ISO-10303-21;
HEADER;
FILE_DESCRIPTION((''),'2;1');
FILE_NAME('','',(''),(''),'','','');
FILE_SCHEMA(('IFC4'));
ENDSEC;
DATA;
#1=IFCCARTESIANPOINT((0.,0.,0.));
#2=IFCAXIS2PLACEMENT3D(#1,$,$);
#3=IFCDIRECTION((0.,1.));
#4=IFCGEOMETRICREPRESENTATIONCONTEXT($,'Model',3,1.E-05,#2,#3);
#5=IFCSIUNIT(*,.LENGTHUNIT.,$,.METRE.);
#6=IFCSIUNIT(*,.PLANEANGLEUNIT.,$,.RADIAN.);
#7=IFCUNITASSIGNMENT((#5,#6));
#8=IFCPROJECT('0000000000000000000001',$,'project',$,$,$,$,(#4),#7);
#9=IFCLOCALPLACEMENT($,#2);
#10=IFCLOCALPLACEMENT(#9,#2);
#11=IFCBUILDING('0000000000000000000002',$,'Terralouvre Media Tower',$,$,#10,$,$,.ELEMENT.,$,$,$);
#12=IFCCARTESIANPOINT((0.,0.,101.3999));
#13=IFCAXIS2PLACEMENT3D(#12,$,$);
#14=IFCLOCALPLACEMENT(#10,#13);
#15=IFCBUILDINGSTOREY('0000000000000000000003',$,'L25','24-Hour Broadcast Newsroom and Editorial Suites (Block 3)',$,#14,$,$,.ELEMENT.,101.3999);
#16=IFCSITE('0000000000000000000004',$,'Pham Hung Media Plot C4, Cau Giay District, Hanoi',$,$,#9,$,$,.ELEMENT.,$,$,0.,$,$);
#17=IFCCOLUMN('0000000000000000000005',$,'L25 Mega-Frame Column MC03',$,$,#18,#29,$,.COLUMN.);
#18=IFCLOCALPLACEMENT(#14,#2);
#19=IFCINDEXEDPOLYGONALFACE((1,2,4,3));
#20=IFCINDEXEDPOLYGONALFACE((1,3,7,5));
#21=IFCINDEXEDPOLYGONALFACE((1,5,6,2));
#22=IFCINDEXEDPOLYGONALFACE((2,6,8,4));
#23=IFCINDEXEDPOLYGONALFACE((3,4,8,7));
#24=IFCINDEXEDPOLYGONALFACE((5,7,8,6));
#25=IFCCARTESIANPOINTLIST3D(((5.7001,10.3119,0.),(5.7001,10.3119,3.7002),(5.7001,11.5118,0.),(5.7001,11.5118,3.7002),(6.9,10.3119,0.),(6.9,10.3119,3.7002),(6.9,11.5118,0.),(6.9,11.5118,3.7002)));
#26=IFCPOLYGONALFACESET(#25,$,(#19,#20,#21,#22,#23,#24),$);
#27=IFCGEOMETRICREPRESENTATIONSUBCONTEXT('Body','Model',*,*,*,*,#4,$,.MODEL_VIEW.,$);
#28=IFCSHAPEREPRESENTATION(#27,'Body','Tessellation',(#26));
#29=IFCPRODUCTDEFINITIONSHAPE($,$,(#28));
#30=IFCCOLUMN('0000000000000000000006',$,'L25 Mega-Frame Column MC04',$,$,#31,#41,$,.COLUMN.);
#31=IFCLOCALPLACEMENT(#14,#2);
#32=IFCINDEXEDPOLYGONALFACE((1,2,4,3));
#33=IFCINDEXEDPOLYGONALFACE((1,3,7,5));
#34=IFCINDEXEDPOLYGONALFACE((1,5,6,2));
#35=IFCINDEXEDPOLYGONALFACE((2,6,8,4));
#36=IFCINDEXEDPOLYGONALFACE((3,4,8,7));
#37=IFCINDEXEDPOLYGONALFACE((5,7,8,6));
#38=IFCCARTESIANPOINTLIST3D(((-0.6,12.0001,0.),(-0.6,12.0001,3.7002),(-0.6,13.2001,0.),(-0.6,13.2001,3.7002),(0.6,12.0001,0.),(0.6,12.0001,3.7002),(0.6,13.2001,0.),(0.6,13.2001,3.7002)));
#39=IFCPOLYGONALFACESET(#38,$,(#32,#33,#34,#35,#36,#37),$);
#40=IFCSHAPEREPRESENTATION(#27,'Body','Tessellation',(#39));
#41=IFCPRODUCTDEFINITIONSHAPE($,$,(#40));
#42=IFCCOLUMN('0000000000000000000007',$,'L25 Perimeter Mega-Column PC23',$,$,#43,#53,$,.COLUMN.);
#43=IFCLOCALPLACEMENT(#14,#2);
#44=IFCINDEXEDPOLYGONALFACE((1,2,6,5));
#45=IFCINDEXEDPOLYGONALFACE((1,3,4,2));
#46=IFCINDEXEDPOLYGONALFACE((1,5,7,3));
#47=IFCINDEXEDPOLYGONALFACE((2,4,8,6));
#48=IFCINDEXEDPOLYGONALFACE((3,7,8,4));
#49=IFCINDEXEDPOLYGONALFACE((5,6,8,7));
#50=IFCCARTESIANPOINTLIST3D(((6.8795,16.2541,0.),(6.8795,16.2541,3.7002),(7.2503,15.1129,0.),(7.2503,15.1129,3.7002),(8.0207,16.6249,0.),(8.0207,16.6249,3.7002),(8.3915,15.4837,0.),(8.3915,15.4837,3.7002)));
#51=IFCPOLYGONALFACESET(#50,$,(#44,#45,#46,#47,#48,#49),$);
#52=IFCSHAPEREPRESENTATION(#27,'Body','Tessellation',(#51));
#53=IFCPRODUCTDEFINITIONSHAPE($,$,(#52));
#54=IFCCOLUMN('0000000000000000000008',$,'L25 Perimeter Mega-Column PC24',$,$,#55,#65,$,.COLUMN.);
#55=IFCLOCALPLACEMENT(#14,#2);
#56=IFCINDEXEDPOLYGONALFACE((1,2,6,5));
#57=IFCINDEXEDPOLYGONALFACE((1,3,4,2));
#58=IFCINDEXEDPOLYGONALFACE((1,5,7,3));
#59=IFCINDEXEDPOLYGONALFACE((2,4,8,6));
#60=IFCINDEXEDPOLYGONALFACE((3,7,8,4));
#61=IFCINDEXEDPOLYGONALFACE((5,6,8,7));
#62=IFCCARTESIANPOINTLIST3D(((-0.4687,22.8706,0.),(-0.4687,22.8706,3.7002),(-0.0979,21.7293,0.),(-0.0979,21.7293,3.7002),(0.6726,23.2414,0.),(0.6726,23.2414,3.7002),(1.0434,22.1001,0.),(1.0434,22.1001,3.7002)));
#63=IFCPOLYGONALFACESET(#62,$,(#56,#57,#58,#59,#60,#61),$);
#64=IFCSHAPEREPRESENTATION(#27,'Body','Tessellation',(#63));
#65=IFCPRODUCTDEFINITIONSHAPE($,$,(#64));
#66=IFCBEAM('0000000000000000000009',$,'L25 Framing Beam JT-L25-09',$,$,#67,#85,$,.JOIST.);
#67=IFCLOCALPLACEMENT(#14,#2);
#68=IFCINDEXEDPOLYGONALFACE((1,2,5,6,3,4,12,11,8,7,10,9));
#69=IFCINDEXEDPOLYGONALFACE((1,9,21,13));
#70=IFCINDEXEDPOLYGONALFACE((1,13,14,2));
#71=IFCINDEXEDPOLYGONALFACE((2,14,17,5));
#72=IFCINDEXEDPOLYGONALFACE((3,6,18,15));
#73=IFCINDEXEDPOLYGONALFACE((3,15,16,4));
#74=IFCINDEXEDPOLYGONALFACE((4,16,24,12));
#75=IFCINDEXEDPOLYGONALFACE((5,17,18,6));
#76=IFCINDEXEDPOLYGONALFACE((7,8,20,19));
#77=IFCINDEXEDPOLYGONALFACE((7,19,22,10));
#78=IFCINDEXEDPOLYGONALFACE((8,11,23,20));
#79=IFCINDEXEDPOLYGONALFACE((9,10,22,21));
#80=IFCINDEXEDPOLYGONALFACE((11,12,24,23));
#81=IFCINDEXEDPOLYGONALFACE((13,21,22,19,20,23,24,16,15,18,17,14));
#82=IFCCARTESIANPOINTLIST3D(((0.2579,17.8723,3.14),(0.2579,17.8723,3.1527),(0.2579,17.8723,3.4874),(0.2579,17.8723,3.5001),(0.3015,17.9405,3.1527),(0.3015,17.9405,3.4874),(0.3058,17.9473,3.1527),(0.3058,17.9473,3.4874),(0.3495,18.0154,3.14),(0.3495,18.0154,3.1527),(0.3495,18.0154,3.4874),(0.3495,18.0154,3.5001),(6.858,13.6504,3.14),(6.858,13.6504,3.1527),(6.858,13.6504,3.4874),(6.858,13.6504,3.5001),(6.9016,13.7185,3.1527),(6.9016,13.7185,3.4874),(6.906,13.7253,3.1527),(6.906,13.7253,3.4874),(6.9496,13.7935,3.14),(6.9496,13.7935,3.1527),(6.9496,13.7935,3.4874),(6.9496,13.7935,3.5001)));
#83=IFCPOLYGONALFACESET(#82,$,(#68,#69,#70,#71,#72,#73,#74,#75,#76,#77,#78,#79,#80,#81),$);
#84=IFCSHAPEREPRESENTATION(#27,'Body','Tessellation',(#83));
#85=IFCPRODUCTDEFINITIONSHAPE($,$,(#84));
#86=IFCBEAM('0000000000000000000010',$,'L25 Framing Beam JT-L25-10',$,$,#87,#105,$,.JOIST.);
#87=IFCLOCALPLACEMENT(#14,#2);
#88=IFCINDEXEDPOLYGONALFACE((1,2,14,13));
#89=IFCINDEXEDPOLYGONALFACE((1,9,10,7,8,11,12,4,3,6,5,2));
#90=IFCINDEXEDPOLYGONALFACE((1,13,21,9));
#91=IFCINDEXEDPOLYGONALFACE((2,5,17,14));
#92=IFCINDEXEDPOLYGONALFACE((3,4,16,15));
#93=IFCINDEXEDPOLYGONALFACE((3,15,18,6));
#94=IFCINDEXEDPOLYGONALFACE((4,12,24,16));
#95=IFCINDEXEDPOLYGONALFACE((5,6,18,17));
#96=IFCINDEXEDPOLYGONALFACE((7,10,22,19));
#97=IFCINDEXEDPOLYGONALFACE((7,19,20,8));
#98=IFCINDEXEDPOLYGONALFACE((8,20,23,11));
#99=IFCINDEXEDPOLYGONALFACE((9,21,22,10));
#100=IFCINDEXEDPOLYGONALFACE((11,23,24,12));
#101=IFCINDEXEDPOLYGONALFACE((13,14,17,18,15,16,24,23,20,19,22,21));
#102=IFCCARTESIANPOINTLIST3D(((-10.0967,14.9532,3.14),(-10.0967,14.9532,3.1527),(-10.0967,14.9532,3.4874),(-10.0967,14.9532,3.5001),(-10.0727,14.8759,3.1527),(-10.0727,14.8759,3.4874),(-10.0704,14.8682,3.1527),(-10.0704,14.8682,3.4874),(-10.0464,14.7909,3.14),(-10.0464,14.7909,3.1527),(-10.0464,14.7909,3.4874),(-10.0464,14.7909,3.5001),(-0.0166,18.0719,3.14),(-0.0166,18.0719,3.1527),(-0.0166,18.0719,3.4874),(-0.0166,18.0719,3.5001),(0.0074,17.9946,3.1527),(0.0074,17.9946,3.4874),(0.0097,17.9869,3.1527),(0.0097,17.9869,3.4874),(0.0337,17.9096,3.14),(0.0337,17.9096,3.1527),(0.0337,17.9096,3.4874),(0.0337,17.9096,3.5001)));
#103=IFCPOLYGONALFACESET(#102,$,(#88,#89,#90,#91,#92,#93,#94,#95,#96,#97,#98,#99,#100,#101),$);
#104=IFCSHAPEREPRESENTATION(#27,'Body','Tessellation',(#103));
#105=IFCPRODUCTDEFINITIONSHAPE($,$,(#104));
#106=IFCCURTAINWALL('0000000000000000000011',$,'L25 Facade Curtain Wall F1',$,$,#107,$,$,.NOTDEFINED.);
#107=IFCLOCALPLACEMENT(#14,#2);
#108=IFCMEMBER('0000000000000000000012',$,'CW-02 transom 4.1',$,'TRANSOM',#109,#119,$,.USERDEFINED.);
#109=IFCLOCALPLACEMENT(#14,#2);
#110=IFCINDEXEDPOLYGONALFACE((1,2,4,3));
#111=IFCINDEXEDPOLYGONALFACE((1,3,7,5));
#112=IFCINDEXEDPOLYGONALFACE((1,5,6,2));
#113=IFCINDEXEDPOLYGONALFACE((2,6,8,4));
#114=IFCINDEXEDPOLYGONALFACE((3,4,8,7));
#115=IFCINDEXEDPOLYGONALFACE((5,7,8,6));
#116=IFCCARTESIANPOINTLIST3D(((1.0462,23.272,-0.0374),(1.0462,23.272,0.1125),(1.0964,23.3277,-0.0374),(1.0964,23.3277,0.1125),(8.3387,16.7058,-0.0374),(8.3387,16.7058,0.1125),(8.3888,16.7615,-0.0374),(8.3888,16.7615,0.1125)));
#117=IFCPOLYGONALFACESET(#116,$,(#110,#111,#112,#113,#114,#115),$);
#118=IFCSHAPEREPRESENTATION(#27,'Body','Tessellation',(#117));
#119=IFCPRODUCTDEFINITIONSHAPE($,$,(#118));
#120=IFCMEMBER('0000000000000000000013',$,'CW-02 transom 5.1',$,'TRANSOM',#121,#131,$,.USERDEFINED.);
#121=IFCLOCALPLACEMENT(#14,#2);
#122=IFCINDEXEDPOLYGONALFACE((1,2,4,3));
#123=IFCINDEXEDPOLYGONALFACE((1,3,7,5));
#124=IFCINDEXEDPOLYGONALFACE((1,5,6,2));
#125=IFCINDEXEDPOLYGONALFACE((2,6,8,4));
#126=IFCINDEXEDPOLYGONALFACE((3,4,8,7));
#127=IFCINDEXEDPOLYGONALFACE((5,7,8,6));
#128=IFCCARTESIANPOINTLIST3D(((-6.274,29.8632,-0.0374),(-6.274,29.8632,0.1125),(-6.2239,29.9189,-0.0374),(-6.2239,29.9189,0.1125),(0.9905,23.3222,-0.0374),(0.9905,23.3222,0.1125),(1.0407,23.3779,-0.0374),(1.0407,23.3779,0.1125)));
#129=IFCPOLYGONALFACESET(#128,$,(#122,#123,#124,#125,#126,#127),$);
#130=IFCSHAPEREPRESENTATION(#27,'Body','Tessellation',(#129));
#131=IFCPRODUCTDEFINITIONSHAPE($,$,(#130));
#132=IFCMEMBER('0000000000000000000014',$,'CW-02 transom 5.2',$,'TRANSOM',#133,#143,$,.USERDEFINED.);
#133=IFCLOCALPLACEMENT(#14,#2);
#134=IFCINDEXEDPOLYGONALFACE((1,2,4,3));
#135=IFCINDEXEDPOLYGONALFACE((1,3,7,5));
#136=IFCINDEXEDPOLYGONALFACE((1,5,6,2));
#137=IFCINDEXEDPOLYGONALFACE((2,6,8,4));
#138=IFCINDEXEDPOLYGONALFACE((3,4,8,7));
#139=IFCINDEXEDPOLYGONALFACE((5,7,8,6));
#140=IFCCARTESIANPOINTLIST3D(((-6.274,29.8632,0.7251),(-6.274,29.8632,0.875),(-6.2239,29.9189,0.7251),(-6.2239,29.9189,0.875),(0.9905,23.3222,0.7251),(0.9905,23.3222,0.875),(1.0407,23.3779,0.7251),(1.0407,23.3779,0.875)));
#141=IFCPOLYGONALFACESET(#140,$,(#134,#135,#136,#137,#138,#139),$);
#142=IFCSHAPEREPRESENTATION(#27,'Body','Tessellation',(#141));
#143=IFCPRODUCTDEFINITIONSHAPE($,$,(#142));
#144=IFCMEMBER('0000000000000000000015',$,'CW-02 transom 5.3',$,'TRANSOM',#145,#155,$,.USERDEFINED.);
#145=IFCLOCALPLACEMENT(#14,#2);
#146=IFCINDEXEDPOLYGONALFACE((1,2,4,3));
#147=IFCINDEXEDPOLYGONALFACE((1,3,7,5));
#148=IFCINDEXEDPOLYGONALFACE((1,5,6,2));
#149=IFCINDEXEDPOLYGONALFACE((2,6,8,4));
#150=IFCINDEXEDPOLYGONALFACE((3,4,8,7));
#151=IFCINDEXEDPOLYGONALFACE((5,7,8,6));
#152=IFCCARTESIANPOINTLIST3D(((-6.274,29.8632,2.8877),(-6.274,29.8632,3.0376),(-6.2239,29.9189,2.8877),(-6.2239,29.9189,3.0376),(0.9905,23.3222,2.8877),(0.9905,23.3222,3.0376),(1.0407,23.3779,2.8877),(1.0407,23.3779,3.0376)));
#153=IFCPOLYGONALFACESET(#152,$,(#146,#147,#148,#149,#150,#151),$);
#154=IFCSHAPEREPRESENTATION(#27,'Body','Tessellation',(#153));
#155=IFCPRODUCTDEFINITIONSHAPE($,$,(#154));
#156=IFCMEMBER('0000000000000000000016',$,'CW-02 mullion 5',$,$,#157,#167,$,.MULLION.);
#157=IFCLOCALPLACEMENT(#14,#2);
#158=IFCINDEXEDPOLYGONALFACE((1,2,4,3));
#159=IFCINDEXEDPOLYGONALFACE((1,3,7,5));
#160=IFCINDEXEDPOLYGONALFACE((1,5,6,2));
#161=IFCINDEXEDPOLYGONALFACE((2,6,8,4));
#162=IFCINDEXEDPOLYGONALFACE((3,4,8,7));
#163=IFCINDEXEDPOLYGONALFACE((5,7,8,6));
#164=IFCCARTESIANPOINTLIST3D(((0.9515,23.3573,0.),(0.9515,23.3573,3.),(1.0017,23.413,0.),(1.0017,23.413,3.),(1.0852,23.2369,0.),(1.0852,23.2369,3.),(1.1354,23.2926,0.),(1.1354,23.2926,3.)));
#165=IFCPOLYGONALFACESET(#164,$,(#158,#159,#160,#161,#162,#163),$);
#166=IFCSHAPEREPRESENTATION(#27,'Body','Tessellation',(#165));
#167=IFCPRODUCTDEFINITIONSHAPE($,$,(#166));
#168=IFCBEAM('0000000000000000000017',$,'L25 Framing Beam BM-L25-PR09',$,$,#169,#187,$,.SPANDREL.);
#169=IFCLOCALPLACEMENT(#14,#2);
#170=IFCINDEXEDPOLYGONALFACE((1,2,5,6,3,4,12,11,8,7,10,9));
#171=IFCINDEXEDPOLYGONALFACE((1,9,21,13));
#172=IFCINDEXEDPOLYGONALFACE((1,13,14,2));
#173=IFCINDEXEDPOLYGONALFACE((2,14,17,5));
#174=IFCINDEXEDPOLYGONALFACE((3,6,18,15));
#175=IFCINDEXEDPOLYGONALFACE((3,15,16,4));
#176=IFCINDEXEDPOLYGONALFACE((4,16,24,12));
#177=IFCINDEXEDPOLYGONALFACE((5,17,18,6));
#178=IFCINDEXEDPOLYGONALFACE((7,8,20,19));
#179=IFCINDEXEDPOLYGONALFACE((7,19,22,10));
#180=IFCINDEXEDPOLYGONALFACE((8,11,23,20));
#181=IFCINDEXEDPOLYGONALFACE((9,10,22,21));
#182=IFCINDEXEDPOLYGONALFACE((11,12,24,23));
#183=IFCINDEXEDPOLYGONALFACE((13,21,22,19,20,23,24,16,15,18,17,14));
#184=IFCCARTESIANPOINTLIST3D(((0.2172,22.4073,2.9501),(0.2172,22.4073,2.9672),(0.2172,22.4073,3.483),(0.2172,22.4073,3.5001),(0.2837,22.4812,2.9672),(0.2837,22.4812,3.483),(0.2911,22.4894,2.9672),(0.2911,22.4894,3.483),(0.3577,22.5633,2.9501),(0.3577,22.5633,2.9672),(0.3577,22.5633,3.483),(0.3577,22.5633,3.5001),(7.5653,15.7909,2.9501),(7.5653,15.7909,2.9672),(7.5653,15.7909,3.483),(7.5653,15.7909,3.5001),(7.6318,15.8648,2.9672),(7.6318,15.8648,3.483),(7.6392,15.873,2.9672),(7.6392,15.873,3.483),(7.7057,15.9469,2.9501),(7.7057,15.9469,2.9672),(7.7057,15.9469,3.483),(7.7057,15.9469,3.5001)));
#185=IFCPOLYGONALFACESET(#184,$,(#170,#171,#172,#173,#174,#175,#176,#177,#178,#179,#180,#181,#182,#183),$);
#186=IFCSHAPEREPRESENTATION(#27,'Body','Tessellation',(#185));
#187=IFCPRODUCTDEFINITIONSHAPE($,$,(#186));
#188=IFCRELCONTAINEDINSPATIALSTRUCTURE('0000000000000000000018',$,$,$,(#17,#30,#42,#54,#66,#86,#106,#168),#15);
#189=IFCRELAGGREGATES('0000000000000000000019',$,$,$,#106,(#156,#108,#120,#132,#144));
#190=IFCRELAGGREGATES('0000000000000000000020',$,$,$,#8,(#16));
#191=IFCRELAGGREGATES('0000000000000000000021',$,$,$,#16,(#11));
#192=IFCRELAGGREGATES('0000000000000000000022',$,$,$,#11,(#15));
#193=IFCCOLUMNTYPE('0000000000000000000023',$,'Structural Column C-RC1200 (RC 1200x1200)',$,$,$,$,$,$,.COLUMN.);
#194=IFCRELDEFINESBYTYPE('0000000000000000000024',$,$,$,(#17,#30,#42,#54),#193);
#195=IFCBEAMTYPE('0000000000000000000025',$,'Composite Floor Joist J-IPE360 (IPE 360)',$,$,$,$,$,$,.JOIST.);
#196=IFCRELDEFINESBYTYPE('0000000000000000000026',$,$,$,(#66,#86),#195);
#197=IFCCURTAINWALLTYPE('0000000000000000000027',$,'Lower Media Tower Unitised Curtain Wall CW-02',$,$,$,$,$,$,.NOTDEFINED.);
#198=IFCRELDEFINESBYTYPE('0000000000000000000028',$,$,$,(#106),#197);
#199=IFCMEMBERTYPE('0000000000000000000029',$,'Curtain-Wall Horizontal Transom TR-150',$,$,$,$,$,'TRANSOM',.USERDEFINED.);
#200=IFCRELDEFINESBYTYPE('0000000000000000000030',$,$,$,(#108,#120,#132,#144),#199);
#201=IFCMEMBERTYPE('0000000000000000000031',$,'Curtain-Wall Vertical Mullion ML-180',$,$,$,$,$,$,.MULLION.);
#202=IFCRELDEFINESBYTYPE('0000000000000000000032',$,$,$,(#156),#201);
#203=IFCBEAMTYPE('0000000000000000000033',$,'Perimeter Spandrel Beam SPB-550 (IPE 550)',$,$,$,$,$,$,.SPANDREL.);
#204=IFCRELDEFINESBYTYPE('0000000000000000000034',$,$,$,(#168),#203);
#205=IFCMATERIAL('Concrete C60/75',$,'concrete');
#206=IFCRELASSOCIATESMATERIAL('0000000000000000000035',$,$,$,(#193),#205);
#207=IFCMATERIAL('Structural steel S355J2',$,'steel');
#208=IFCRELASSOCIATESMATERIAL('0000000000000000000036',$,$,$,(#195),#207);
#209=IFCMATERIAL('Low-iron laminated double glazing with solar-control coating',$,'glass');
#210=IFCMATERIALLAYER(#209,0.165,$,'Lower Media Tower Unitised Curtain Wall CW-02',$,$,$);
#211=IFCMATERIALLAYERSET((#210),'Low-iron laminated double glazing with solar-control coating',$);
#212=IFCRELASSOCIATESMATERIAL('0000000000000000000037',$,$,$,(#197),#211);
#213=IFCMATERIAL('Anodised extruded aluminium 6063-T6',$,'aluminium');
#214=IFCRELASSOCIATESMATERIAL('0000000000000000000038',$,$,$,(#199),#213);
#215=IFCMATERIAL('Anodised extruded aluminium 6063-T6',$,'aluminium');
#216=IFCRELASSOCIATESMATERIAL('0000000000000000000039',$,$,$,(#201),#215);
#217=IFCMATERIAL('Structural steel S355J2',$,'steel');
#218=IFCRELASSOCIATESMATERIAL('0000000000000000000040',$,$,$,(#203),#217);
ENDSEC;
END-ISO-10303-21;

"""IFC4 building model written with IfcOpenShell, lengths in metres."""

from ifc_helpers import new_model, si_unit, direction, frame, origin, origin_2d, place, context, subcontext, project, spatial, rectangle, i_section, extrude, material, layer, layer_set, material_profile, profile_set, type_object, element, aggregate, save


model = new_model("IFC4")

# Units and contexts
model_context = context("Model", 3, precision=1e-05, world=origin(), true_north=direction((0.0, 1.0)))
body_context = subcontext(model_context, "Body", "Model", "MODEL_VIEW")
ifc_project = project(units=[si_unit("LENGTHUNIT", "METRE"), si_unit("PLANEANGLEUNIT", "RADIAN")], contexts=[model_context])

# Site, building, storey
site_placement = place(None, origin())
site = spatial("IfcSite", under=ifc_project, at=site_placement, Name="Pham Hung Media Plot C4, Cau Giay District, Hanoi", CompositionType="ELEMENT", RefElevation=0.0)
building_placement = place(site_placement, origin())
building = spatial("IfcBuilding", under=site, at=building_placement, Name="Terralouvre Media Tower", CompositionType="ELEMENT")
storey_placement = place(building_placement, frame((0.0, 0.0, 101.3999)))
storey = spatial("IfcBuildingStorey", under=building, at=storey_placement, Name="L25", Description="24-Hour Broadcast Newsroom and Editorial Suites (Block 3)", CompositionType="ELEMENT", Elevation=101.3999)

# Columns
ifc_material_1 = material(Name="Concrete C60/75", Category="concrete")
ifc_material_profile_1 = material_profile(ifc_material_1, rectangle(XDim=1.2, YDim=1.2, at=origin_2d()), Name="RC 1200x1200")
ifc_profile_set_1 = profile_set([ifc_material_profile_1], Name="Concrete C60/75")
column_type = type_object("IfcColumnType", Name="Structural Column C-RC1200 (RC 1200x1200)", PredefinedType="COLUMN", material=ifc_profile_set_1)
for number, where, z_axis, x_axis, name in (
    (1, (6.3, 10.9119, 0.0), (0.0, 0.0, 1.0), (1.0, 0.0, 0.0), "L25 Mega-Frame Column MC03"),
    (2, (0.0, 12.6001, 0.0), (0.0, 0.0, 1.0), (1.0, 0.0, 0.0), "L25 Mega-Frame Column MC04"),
    (3, (7.6355, 15.8689, 0.0), (0.0, 0.0, 1.0), (0.951057, 0.309017, 0.0), "L25 Perimeter Mega-Column PC23"),
    (4, (0.2874, 22.4854, 0.0), (0.0, 0.0, 1.0), (0.951057, 0.309017, 0.0), "L25 Perimeter Mega-Column PC24"),
):
    element("IfcColumn", number, at=place(storey_placement, frame(where, z_axis=z_axis, x_axis=x_axis)), inside=storey, type_object=column_type, Name=name, PredefinedType="COLUMN", context=body_context, shape_type="SweptSolid", body=[
        extrude(rectangle(XDim=1.2, YDim=1.2, at=origin_2d()), origin(), (0.0, 0.0, 1.0), 3.7002),
    ])

# Beams
ifc_material_2 = material(Name="Structural steel S355J2", Category="steel")
ifc_material_profile_2 = material_profile(ifc_material_2, i_section(OverallWidth=0.1699, OverallDepth=0.3601, WebThickness=0.0081, FlangeThickness=0.0127, at=origin_2d()), Name="IPE 360")
ifc_profile_set_2 = profile_set([ifc_material_profile_2], Name="Structural steel S355J2")
beam_type_1 = type_object("IfcBeamType", Name="Composite Floor Joist J-IPE360 (IPE 360)", PredefinedType="JOIST", material=ifc_profile_set_2)
beam_1_placement = place(storey_placement, frame((6.9038, 13.7219, 3.3201), z_axis=(-0.842395, 0.53886, 0.0), x_axis=(-0.53886, -0.842395, 0.0)))
element("IfcBeam", 5, at=beam_1_placement, inside=storey, type_object=beam_type_1, Name="L25 Framing Beam JT-L25-09", PredefinedType="JOIST", context=body_context, shape_type="SweptSolid", body=[
    extrude(i_section(OverallWidth=0.1699, OverallDepth=0.3601, WebThickness=0.0081, FlangeThickness=0.0127, at=origin_2d()), origin(), (0.0, 0.0, 1.0), 7.835),
])
beam_2_placement = place(storey_placement, frame((0.0085, 17.9907, 3.3201), z_axis=(-0.955323, -0.295565, 0.0), x_axis=(0.295565, -0.955323, 0.0)))
element("IfcBeam", 6, at=beam_2_placement, inside=storey, type_object=beam_type_1, Name="L25 Framing Beam JT-L25-10", PredefinedType="JOIST", context=body_context, shape_type="SweptSolid", body=[
    extrude(i_section(OverallWidth=0.1699, OverallDepth=0.3601, WebThickness=0.0081, FlangeThickness=0.0127, at=origin_2d()), origin(), (0.0, 0.0, 1.0), 10.5515),
])

# Curtain wall, members
ifc_material_3 = material(Name="Low-iron laminated double glazing with solar-control coating", Category="glass")
ifc_layer_1 = layer(ifc_material_3, 0.165, Name="Lower Media Tower Unitised Curtain Wall CW-02")
ifc_layer_set_1 = layer_set([ifc_layer_1], Name="Low-iron laminated double glazing with solar-control coating")
curtain_wall_type = type_object("IfcCurtainWallType", Name="Lower Media Tower Unitised Curtain Wall CW-02", PredefinedType="NOTDEFINED", material=ifc_layer_set_1)
curtain_wall_placement = place(storey_placement, origin())
curtain_wall = element("IfcCurtainWall", 7, at=curtain_wall_placement, inside=storey, type_object=curtain_wall_type, Name="L25 Facade Curtain Wall F1", PredefinedType="NOTDEFINED")
ifc_material_4 = material(Name="Anodised extruded aluminium 6063-T6", Category="aluminium")
ifc_material_profile_3 = material_profile(ifc_material_4, rectangle(XDim=0.075, YDim=0.1499, at=origin_2d()), Name="ALU 75x150")
ifc_profile_set_3 = profile_set([ifc_material_profile_3], Name="Anodised extruded aluminium 6063-T6")
member_type_1 = type_object("IfcMemberType", Name="Curtain-Wall Horizontal Transom TR-150", ElementType="TRANSOM", PredefinedType="USERDEFINED", material=ifc_profile_set_3)
member_1_placement = place(storey_placement, frame((8.3638, 16.7336, 0.0376), z_axis=(-0.743146, 0.66913, 0.0), x_axis=(-0.66913, -0.743146, 0.0)))
member_1 = element("IfcMember", 8, at=member_1_placement, type_object=member_type_1, Name="CW-02 transom 4.1", ObjectType="TRANSOM", PredefinedType="USERDEFINED", context=body_context, shape_type="SweptSolid", body=[
    extrude(rectangle(XDim=0.075, YDim=0.1499, at=origin_2d()), origin(), (0.0, 0.0, 1.0), 9.813),
])
member_2_placement = place(storey_placement, frame((1.0156, 23.3501, 0.0376), z_axis=(-0.74315, 0.669125, 0.0), x_axis=(-0.669125, -0.74315, 0.0)))
member_2 = element("IfcMember", 9, at=member_2_placement, type_object=member_type_1, Name="CW-02 transom 5.1", ObjectType="TRANSOM", PredefinedType="USERDEFINED", context=body_context, shape_type="SweptSolid", body=[
    extrude(rectangle(XDim=0.075, YDim=0.1499, at=origin_2d()), origin(), (0.0, 0.0, 1.0), 9.7754),
])
member_3_placement = place(storey_placement, frame((1.0156, 23.3501, 0.8), z_axis=(-0.74315, 0.669125, 0.0), x_axis=(-0.669125, -0.74315, 0.0)))
member_3 = element("IfcMember", 10, at=member_3_placement, type_object=member_type_1, Name="CW-02 transom 5.2", ObjectType="TRANSOM", PredefinedType="USERDEFINED", context=body_context, shape_type="SweptSolid", body=[
    extrude(rectangle(XDim=0.075, YDim=0.1499, at=origin_2d()), origin(), (0.0, 0.0, 1.0), 9.7754),
])
member_4_placement = place(storey_placement, frame((1.0156, 23.3501, 2.9626), z_axis=(-0.74315, 0.669125, 0.0), x_axis=(-0.669125, -0.74315, 0.0)))
member_4 = element("IfcMember", 11, at=member_4_placement, type_object=member_type_1, Name="CW-02 transom 5.3", ObjectType="TRANSOM", PredefinedType="USERDEFINED", context=body_context, shape_type="SweptSolid", body=[
    extrude(rectangle(XDim=0.075, YDim=0.1499, at=origin_2d()), origin(), (0.0, 0.0, 1.0), 9.7754),
])
ifc_material_5 = material(Name="Anodised extruded aluminium 6063-T6", Category="aluminium")
ifc_material_profile_4 = material_profile(ifc_material_5, rectangle(XDim=0.075, YDim=0.1799, at=origin_2d()), Name="ALU 75x180")
ifc_profile_set_4 = profile_set([ifc_material_profile_4], Name="Anodised extruded aluminium 6063-T6")
member_type_2 = type_object("IfcMemberType", Name="Curtain-Wall Vertical Mullion ML-180", PredefinedType="MULLION", material=ifc_profile_set_4)
member_5_placement = place(storey_placement, frame((1.0435, 23.325, 0.0), z_axis=(0.0, 0.0, 1.0), x_axis=(-0.669131, -0.743145, 0.0)))
member_5 = element("IfcMember", 12, at=member_5_placement, type_object=member_type_2, Name="CW-02 mullion 5", PredefinedType="MULLION", context=body_context, shape_type="SweptSolid", body=[
    extrude(rectangle(XDim=0.075, YDim=0.1799, at=origin_2d()), origin(), (0.0, 0.0, 1.0), 3.0),
])

# Beam
ifc_material_6 = material(Name="Structural steel S355J2", Category="steel")
ifc_material_profile_5 = material_profile(ifc_material_6, i_section(OverallWidth=0.21, OverallDepth=0.55, WebThickness=0.011, FlangeThickness=0.0171, at=origin_2d()), Name="IPE 550")
ifc_profile_set_5 = profile_set([ifc_material_profile_5], Name="Structural steel S355J2")
beam_type_2 = type_object("IfcBeamType", Name="Perimeter Spandrel Beam SPB-550 (IPE 550)", PredefinedType="SPANDREL", material=ifc_profile_set_5)
beam_3_placement = place(storey_placement, frame((7.6355, 15.8689, 3.2251), z_axis=(-0.743137, 0.669139, 0.0), x_axis=(-0.669139, -0.743137, 0.0)))
element("IfcBeam", 13, at=beam_3_placement, inside=storey, type_object=beam_type_2, Name="L25 Framing Beam BM-L25-PR09", PredefinedType="SPANDREL", context=body_context, shape_type="SweptSolid", body=[
    extrude(i_section(OverallWidth=0.21, OverallDepth=0.55, WebThickness=0.011, FlangeThickness=0.0171, at=origin_2d()), origin(), (0.0, 0.0, 1.0), 9.8879),
])

aggregate(curtain_wall, [member_5, member_1, member_2, member_3, member_4])

save(model, "model.ifc")
